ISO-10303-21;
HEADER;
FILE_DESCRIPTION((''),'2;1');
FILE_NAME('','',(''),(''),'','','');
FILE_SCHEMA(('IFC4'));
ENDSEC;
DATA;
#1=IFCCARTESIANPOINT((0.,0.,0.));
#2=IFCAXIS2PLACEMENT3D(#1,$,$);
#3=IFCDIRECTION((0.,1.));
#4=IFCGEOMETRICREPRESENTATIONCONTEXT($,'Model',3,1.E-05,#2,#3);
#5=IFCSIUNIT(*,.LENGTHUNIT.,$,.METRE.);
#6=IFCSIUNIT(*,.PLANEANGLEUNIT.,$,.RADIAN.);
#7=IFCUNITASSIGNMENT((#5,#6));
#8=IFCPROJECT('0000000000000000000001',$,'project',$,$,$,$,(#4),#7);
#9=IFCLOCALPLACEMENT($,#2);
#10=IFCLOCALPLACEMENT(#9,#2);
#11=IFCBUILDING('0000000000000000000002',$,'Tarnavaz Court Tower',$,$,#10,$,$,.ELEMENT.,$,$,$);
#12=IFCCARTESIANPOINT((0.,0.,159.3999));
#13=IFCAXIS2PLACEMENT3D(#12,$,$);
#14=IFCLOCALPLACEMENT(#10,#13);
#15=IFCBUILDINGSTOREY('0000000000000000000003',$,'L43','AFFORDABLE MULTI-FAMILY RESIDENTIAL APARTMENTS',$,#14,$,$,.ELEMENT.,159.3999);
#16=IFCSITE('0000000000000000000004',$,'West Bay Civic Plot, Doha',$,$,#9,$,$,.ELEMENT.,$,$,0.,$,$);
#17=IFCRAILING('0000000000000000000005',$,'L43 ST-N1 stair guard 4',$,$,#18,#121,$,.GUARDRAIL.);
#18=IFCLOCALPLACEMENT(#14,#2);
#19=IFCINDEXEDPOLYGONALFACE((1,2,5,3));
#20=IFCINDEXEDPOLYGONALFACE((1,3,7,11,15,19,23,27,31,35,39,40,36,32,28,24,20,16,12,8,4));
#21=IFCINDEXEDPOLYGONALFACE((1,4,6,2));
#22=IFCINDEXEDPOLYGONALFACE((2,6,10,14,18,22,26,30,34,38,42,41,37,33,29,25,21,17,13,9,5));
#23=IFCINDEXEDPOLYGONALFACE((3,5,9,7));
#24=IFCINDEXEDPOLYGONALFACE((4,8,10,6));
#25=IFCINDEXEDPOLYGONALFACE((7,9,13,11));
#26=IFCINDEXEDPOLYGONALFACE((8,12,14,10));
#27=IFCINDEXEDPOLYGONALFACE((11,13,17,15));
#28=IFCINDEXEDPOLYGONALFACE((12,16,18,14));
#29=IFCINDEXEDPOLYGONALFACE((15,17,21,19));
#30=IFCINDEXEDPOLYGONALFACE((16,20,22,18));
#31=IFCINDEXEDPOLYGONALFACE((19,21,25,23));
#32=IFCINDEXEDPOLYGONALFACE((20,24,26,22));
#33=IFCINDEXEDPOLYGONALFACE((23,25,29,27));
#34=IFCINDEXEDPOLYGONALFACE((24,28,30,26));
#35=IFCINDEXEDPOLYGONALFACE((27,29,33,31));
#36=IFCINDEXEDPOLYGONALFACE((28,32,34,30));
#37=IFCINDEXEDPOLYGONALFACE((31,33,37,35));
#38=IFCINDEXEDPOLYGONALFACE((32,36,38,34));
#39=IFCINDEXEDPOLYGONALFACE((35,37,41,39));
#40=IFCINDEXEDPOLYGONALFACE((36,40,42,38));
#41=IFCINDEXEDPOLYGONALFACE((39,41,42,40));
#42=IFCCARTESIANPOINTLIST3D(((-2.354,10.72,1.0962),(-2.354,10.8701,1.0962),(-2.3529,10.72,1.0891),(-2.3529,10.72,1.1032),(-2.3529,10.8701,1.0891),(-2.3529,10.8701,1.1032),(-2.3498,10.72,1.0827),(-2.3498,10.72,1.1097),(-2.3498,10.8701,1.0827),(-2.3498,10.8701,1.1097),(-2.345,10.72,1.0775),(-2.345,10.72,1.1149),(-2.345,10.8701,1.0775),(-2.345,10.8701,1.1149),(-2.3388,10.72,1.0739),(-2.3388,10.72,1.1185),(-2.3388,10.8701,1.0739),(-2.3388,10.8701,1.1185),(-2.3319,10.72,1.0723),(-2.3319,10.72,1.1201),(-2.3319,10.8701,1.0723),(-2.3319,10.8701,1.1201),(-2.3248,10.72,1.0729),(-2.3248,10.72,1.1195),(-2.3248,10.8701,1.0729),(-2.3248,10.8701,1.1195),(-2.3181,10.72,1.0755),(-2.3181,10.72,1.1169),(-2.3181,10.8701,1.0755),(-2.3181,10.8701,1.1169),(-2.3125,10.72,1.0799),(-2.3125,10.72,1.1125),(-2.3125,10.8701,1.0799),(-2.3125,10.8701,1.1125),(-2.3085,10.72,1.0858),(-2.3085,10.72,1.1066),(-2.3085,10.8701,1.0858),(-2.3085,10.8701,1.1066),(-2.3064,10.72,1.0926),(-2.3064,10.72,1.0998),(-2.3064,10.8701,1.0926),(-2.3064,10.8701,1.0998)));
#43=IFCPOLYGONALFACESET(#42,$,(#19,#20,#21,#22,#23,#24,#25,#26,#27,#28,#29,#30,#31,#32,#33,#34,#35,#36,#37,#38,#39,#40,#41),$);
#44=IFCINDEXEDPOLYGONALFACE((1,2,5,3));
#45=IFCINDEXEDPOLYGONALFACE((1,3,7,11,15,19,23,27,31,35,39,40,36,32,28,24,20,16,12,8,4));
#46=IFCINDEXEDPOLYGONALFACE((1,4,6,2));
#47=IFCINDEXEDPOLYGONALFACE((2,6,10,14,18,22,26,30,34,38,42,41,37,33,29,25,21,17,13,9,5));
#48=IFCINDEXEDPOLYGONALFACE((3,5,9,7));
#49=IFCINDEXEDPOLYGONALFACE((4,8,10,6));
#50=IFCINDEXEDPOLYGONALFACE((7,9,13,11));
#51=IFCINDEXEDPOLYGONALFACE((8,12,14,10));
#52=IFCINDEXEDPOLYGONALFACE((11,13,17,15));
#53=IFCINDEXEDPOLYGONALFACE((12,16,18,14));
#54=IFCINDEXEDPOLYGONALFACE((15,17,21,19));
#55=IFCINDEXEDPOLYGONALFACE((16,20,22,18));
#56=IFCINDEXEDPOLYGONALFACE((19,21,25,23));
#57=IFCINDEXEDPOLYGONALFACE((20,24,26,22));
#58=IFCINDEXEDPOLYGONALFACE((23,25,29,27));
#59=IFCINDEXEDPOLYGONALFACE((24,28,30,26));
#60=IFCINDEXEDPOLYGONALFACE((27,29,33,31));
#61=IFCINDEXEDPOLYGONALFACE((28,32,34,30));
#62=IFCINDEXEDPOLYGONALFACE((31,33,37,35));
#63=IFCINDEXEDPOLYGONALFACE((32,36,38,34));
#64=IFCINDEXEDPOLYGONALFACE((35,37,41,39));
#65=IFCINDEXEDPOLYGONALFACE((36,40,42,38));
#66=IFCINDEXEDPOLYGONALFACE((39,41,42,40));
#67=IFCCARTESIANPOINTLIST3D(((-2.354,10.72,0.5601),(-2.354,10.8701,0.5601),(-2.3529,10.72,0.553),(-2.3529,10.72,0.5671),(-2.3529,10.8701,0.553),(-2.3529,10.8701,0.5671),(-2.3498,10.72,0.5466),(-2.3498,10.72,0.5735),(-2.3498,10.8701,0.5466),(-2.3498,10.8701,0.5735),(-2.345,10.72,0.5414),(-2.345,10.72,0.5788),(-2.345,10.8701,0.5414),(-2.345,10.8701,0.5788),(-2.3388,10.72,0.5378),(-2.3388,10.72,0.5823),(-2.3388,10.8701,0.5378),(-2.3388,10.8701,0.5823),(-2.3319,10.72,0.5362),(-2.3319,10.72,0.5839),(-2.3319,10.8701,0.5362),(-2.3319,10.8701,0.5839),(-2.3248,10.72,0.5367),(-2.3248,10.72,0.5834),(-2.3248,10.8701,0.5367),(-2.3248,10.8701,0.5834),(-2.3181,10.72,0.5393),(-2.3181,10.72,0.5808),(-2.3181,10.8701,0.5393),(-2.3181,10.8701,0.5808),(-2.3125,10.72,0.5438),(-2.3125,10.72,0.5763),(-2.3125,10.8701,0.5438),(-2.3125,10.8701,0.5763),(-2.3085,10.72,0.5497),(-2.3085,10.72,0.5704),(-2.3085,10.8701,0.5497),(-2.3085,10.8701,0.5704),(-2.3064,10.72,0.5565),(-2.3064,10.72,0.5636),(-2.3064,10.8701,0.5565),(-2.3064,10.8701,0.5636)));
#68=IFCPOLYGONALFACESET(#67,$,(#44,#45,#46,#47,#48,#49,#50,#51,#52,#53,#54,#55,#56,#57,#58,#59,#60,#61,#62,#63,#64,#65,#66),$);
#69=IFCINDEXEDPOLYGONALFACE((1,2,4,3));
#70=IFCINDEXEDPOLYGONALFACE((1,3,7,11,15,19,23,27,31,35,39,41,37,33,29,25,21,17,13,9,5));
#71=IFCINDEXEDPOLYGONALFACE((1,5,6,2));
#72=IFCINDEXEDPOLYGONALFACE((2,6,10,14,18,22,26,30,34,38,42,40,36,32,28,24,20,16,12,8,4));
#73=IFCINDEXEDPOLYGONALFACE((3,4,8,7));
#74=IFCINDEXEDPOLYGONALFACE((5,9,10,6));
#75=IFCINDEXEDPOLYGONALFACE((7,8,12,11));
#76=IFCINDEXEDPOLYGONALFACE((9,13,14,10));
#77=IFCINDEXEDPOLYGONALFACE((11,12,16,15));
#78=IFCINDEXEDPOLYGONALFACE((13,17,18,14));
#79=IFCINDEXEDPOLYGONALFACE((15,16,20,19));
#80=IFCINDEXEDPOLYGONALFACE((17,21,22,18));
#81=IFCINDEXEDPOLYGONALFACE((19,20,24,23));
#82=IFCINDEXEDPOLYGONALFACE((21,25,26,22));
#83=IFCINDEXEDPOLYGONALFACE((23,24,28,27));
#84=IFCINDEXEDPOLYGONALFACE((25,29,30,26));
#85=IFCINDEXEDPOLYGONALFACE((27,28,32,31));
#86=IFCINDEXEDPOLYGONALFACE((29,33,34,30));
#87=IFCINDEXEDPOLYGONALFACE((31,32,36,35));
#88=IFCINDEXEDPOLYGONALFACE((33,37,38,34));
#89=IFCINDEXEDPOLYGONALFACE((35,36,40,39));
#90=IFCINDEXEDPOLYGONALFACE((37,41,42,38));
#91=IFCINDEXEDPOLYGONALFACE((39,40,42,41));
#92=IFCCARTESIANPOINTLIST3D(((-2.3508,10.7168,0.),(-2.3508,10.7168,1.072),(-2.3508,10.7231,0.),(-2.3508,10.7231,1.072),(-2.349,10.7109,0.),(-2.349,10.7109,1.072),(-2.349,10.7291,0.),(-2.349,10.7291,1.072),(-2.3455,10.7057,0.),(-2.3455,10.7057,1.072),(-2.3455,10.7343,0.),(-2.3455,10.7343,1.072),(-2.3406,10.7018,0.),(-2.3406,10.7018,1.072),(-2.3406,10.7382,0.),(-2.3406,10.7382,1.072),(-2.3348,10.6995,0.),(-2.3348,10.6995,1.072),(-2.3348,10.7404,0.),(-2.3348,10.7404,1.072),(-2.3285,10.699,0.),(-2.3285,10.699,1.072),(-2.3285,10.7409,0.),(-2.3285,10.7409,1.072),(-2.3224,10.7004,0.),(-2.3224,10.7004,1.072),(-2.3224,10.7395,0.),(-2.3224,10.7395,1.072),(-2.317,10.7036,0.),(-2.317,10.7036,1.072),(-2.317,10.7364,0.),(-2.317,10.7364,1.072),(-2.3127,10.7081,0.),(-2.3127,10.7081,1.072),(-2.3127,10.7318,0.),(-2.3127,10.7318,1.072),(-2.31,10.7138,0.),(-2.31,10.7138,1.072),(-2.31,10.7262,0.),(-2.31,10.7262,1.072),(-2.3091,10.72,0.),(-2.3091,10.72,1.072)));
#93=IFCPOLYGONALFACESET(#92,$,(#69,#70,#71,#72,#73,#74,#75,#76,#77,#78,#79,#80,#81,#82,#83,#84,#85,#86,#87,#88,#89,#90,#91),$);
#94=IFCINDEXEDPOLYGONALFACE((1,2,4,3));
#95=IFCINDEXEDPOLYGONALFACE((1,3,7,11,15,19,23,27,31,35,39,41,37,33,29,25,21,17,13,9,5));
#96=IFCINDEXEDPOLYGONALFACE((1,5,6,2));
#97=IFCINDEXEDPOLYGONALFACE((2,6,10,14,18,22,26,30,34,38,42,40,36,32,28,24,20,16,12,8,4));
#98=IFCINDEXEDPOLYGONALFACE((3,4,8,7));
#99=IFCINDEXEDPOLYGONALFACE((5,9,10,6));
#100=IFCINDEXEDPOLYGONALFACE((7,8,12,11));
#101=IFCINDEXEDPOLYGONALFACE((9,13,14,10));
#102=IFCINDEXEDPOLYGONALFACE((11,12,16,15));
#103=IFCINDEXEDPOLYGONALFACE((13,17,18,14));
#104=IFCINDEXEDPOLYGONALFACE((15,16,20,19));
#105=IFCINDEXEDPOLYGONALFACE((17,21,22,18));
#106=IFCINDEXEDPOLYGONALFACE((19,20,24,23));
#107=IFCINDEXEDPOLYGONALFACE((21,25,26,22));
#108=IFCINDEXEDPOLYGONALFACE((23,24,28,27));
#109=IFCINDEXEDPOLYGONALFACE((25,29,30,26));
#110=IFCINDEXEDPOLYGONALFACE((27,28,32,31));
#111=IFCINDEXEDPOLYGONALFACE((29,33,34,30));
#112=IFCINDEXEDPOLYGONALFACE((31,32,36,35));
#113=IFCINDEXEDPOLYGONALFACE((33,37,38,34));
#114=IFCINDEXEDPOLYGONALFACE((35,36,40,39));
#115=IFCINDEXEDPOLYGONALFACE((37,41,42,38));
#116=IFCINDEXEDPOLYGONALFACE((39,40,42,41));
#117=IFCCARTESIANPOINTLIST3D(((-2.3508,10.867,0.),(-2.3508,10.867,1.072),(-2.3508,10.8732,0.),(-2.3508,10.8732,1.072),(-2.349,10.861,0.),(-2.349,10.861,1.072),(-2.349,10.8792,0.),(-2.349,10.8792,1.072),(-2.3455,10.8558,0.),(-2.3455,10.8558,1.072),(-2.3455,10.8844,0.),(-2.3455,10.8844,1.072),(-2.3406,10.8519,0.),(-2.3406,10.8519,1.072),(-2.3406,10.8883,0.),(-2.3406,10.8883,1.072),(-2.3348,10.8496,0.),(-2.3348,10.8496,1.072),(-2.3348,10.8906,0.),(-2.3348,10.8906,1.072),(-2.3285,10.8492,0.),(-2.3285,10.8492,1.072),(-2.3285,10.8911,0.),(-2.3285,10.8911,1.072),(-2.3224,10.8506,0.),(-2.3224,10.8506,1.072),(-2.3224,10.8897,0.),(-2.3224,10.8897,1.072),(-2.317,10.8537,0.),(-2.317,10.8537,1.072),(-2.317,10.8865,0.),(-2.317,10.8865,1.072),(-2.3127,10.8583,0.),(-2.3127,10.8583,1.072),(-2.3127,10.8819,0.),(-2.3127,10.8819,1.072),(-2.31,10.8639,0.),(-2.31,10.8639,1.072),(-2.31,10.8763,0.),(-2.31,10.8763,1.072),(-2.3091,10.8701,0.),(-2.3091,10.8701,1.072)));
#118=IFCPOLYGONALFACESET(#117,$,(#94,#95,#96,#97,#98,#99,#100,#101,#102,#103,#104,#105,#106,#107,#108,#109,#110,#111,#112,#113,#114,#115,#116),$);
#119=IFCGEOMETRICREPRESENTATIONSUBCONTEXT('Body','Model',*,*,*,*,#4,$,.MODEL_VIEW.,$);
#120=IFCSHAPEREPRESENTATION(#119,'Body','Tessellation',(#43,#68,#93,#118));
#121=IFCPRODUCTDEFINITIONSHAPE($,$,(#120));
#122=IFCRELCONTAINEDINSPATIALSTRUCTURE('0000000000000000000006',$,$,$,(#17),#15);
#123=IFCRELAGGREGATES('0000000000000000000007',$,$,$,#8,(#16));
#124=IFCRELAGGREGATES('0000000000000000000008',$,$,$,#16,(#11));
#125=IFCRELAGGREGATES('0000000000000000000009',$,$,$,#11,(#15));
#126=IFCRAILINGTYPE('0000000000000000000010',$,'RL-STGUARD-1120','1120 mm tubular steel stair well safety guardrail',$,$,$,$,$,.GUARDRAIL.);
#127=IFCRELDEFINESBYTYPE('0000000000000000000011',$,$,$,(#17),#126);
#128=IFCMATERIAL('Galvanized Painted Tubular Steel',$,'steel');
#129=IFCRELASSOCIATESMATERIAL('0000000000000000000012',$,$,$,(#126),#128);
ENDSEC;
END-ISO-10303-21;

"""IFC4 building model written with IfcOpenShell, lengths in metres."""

from ifc_helpers import new_model, si_unit, direction, frame, origin, origin_2d, place, context, subcontext, project, spatial, circle, extrude, material, type_object, element, save


model = new_model("IFC4")

# Units and contexts
model_context = context("Model", 3, precision=1e-05, world=origin(), true_north=direction((0.0, 1.0)))
body_context = subcontext(model_context, "Body", "Model", "MODEL_VIEW")
ifc_project = project(units=[si_unit("LENGTHUNIT", "METRE"), si_unit("PLANEANGLEUNIT", "RADIAN")], contexts=[model_context])

# Site, building, storey
site_placement = place(None, origin())
site = spatial("IfcSite", under=ifc_project, at=site_placement, Name="West Bay Civic Plot, Doha", CompositionType="ELEMENT", RefElevation=0.0)
building_placement = place(site_placement, origin())
building = spatial("IfcBuilding", under=site, at=building_placement, Name="Tarnavaz Court Tower", CompositionType="ELEMENT")
storey_placement = place(building_placement, frame((0.0, 0.0, 159.3999)))
storey = spatial("IfcBuildingStorey", under=building, at=storey_placement, Name="L43", Description="AFFORDABLE MULTI-FAMILY RESIDENTIAL APARTMENTS", CompositionType="ELEMENT", Elevation=159.3999)

# Railing
ifc_material_1 = material(Name="Galvanized Painted Tubular Steel", Category="steel")
railing_type_1 = type_object("IfcRailingType", Name="RL-STGUARD-1120", Description="1120 mm tubular steel stair well safety guardrail", PredefinedType="GUARDRAIL", material=ifc_material_1)
railing_1_placement = place(storey_placement, frame((-2.3301, 10.72, 0.0)))
element("IfcRailing", 1, at=railing_1_placement, inside=storey, type_object=railing_type_1, Name="L43 ST-N1 stair guard 4", PredefinedType="GUARDRAIL", context=body_context, shape_type="SweptSolid", body=[
    extrude(circle(Radius=0.0239, at=origin_2d()), frame((0.0, 0.0, 1.0962), z_axis=(0.0, 1.0, 0.0), x_axis=(-1.0, 0.0, 0.0)), (0.0, 0.0, 1.0), 0.1501),
    extrude(circle(Radius=0.0239, at=origin_2d()), frame((0.0, 0.0, 0.5601), z_axis=(0.0, 1.0, 0.0), x_axis=(-1.0, 0.0, 0.0)), (0.0, 0.0, 1.0), 0.1501),
    extrude(circle(Radius=0.021, at=origin_2d()), origin(), (0.0, 0.0, 1.0), 1.072),
    extrude(circle(Radius=0.021, at=origin_2d()), frame((0.0, 0.1501, 0.0)), (0.0, 0.0, 1.0), 1.072),
])

save(model, "model.ifc")
